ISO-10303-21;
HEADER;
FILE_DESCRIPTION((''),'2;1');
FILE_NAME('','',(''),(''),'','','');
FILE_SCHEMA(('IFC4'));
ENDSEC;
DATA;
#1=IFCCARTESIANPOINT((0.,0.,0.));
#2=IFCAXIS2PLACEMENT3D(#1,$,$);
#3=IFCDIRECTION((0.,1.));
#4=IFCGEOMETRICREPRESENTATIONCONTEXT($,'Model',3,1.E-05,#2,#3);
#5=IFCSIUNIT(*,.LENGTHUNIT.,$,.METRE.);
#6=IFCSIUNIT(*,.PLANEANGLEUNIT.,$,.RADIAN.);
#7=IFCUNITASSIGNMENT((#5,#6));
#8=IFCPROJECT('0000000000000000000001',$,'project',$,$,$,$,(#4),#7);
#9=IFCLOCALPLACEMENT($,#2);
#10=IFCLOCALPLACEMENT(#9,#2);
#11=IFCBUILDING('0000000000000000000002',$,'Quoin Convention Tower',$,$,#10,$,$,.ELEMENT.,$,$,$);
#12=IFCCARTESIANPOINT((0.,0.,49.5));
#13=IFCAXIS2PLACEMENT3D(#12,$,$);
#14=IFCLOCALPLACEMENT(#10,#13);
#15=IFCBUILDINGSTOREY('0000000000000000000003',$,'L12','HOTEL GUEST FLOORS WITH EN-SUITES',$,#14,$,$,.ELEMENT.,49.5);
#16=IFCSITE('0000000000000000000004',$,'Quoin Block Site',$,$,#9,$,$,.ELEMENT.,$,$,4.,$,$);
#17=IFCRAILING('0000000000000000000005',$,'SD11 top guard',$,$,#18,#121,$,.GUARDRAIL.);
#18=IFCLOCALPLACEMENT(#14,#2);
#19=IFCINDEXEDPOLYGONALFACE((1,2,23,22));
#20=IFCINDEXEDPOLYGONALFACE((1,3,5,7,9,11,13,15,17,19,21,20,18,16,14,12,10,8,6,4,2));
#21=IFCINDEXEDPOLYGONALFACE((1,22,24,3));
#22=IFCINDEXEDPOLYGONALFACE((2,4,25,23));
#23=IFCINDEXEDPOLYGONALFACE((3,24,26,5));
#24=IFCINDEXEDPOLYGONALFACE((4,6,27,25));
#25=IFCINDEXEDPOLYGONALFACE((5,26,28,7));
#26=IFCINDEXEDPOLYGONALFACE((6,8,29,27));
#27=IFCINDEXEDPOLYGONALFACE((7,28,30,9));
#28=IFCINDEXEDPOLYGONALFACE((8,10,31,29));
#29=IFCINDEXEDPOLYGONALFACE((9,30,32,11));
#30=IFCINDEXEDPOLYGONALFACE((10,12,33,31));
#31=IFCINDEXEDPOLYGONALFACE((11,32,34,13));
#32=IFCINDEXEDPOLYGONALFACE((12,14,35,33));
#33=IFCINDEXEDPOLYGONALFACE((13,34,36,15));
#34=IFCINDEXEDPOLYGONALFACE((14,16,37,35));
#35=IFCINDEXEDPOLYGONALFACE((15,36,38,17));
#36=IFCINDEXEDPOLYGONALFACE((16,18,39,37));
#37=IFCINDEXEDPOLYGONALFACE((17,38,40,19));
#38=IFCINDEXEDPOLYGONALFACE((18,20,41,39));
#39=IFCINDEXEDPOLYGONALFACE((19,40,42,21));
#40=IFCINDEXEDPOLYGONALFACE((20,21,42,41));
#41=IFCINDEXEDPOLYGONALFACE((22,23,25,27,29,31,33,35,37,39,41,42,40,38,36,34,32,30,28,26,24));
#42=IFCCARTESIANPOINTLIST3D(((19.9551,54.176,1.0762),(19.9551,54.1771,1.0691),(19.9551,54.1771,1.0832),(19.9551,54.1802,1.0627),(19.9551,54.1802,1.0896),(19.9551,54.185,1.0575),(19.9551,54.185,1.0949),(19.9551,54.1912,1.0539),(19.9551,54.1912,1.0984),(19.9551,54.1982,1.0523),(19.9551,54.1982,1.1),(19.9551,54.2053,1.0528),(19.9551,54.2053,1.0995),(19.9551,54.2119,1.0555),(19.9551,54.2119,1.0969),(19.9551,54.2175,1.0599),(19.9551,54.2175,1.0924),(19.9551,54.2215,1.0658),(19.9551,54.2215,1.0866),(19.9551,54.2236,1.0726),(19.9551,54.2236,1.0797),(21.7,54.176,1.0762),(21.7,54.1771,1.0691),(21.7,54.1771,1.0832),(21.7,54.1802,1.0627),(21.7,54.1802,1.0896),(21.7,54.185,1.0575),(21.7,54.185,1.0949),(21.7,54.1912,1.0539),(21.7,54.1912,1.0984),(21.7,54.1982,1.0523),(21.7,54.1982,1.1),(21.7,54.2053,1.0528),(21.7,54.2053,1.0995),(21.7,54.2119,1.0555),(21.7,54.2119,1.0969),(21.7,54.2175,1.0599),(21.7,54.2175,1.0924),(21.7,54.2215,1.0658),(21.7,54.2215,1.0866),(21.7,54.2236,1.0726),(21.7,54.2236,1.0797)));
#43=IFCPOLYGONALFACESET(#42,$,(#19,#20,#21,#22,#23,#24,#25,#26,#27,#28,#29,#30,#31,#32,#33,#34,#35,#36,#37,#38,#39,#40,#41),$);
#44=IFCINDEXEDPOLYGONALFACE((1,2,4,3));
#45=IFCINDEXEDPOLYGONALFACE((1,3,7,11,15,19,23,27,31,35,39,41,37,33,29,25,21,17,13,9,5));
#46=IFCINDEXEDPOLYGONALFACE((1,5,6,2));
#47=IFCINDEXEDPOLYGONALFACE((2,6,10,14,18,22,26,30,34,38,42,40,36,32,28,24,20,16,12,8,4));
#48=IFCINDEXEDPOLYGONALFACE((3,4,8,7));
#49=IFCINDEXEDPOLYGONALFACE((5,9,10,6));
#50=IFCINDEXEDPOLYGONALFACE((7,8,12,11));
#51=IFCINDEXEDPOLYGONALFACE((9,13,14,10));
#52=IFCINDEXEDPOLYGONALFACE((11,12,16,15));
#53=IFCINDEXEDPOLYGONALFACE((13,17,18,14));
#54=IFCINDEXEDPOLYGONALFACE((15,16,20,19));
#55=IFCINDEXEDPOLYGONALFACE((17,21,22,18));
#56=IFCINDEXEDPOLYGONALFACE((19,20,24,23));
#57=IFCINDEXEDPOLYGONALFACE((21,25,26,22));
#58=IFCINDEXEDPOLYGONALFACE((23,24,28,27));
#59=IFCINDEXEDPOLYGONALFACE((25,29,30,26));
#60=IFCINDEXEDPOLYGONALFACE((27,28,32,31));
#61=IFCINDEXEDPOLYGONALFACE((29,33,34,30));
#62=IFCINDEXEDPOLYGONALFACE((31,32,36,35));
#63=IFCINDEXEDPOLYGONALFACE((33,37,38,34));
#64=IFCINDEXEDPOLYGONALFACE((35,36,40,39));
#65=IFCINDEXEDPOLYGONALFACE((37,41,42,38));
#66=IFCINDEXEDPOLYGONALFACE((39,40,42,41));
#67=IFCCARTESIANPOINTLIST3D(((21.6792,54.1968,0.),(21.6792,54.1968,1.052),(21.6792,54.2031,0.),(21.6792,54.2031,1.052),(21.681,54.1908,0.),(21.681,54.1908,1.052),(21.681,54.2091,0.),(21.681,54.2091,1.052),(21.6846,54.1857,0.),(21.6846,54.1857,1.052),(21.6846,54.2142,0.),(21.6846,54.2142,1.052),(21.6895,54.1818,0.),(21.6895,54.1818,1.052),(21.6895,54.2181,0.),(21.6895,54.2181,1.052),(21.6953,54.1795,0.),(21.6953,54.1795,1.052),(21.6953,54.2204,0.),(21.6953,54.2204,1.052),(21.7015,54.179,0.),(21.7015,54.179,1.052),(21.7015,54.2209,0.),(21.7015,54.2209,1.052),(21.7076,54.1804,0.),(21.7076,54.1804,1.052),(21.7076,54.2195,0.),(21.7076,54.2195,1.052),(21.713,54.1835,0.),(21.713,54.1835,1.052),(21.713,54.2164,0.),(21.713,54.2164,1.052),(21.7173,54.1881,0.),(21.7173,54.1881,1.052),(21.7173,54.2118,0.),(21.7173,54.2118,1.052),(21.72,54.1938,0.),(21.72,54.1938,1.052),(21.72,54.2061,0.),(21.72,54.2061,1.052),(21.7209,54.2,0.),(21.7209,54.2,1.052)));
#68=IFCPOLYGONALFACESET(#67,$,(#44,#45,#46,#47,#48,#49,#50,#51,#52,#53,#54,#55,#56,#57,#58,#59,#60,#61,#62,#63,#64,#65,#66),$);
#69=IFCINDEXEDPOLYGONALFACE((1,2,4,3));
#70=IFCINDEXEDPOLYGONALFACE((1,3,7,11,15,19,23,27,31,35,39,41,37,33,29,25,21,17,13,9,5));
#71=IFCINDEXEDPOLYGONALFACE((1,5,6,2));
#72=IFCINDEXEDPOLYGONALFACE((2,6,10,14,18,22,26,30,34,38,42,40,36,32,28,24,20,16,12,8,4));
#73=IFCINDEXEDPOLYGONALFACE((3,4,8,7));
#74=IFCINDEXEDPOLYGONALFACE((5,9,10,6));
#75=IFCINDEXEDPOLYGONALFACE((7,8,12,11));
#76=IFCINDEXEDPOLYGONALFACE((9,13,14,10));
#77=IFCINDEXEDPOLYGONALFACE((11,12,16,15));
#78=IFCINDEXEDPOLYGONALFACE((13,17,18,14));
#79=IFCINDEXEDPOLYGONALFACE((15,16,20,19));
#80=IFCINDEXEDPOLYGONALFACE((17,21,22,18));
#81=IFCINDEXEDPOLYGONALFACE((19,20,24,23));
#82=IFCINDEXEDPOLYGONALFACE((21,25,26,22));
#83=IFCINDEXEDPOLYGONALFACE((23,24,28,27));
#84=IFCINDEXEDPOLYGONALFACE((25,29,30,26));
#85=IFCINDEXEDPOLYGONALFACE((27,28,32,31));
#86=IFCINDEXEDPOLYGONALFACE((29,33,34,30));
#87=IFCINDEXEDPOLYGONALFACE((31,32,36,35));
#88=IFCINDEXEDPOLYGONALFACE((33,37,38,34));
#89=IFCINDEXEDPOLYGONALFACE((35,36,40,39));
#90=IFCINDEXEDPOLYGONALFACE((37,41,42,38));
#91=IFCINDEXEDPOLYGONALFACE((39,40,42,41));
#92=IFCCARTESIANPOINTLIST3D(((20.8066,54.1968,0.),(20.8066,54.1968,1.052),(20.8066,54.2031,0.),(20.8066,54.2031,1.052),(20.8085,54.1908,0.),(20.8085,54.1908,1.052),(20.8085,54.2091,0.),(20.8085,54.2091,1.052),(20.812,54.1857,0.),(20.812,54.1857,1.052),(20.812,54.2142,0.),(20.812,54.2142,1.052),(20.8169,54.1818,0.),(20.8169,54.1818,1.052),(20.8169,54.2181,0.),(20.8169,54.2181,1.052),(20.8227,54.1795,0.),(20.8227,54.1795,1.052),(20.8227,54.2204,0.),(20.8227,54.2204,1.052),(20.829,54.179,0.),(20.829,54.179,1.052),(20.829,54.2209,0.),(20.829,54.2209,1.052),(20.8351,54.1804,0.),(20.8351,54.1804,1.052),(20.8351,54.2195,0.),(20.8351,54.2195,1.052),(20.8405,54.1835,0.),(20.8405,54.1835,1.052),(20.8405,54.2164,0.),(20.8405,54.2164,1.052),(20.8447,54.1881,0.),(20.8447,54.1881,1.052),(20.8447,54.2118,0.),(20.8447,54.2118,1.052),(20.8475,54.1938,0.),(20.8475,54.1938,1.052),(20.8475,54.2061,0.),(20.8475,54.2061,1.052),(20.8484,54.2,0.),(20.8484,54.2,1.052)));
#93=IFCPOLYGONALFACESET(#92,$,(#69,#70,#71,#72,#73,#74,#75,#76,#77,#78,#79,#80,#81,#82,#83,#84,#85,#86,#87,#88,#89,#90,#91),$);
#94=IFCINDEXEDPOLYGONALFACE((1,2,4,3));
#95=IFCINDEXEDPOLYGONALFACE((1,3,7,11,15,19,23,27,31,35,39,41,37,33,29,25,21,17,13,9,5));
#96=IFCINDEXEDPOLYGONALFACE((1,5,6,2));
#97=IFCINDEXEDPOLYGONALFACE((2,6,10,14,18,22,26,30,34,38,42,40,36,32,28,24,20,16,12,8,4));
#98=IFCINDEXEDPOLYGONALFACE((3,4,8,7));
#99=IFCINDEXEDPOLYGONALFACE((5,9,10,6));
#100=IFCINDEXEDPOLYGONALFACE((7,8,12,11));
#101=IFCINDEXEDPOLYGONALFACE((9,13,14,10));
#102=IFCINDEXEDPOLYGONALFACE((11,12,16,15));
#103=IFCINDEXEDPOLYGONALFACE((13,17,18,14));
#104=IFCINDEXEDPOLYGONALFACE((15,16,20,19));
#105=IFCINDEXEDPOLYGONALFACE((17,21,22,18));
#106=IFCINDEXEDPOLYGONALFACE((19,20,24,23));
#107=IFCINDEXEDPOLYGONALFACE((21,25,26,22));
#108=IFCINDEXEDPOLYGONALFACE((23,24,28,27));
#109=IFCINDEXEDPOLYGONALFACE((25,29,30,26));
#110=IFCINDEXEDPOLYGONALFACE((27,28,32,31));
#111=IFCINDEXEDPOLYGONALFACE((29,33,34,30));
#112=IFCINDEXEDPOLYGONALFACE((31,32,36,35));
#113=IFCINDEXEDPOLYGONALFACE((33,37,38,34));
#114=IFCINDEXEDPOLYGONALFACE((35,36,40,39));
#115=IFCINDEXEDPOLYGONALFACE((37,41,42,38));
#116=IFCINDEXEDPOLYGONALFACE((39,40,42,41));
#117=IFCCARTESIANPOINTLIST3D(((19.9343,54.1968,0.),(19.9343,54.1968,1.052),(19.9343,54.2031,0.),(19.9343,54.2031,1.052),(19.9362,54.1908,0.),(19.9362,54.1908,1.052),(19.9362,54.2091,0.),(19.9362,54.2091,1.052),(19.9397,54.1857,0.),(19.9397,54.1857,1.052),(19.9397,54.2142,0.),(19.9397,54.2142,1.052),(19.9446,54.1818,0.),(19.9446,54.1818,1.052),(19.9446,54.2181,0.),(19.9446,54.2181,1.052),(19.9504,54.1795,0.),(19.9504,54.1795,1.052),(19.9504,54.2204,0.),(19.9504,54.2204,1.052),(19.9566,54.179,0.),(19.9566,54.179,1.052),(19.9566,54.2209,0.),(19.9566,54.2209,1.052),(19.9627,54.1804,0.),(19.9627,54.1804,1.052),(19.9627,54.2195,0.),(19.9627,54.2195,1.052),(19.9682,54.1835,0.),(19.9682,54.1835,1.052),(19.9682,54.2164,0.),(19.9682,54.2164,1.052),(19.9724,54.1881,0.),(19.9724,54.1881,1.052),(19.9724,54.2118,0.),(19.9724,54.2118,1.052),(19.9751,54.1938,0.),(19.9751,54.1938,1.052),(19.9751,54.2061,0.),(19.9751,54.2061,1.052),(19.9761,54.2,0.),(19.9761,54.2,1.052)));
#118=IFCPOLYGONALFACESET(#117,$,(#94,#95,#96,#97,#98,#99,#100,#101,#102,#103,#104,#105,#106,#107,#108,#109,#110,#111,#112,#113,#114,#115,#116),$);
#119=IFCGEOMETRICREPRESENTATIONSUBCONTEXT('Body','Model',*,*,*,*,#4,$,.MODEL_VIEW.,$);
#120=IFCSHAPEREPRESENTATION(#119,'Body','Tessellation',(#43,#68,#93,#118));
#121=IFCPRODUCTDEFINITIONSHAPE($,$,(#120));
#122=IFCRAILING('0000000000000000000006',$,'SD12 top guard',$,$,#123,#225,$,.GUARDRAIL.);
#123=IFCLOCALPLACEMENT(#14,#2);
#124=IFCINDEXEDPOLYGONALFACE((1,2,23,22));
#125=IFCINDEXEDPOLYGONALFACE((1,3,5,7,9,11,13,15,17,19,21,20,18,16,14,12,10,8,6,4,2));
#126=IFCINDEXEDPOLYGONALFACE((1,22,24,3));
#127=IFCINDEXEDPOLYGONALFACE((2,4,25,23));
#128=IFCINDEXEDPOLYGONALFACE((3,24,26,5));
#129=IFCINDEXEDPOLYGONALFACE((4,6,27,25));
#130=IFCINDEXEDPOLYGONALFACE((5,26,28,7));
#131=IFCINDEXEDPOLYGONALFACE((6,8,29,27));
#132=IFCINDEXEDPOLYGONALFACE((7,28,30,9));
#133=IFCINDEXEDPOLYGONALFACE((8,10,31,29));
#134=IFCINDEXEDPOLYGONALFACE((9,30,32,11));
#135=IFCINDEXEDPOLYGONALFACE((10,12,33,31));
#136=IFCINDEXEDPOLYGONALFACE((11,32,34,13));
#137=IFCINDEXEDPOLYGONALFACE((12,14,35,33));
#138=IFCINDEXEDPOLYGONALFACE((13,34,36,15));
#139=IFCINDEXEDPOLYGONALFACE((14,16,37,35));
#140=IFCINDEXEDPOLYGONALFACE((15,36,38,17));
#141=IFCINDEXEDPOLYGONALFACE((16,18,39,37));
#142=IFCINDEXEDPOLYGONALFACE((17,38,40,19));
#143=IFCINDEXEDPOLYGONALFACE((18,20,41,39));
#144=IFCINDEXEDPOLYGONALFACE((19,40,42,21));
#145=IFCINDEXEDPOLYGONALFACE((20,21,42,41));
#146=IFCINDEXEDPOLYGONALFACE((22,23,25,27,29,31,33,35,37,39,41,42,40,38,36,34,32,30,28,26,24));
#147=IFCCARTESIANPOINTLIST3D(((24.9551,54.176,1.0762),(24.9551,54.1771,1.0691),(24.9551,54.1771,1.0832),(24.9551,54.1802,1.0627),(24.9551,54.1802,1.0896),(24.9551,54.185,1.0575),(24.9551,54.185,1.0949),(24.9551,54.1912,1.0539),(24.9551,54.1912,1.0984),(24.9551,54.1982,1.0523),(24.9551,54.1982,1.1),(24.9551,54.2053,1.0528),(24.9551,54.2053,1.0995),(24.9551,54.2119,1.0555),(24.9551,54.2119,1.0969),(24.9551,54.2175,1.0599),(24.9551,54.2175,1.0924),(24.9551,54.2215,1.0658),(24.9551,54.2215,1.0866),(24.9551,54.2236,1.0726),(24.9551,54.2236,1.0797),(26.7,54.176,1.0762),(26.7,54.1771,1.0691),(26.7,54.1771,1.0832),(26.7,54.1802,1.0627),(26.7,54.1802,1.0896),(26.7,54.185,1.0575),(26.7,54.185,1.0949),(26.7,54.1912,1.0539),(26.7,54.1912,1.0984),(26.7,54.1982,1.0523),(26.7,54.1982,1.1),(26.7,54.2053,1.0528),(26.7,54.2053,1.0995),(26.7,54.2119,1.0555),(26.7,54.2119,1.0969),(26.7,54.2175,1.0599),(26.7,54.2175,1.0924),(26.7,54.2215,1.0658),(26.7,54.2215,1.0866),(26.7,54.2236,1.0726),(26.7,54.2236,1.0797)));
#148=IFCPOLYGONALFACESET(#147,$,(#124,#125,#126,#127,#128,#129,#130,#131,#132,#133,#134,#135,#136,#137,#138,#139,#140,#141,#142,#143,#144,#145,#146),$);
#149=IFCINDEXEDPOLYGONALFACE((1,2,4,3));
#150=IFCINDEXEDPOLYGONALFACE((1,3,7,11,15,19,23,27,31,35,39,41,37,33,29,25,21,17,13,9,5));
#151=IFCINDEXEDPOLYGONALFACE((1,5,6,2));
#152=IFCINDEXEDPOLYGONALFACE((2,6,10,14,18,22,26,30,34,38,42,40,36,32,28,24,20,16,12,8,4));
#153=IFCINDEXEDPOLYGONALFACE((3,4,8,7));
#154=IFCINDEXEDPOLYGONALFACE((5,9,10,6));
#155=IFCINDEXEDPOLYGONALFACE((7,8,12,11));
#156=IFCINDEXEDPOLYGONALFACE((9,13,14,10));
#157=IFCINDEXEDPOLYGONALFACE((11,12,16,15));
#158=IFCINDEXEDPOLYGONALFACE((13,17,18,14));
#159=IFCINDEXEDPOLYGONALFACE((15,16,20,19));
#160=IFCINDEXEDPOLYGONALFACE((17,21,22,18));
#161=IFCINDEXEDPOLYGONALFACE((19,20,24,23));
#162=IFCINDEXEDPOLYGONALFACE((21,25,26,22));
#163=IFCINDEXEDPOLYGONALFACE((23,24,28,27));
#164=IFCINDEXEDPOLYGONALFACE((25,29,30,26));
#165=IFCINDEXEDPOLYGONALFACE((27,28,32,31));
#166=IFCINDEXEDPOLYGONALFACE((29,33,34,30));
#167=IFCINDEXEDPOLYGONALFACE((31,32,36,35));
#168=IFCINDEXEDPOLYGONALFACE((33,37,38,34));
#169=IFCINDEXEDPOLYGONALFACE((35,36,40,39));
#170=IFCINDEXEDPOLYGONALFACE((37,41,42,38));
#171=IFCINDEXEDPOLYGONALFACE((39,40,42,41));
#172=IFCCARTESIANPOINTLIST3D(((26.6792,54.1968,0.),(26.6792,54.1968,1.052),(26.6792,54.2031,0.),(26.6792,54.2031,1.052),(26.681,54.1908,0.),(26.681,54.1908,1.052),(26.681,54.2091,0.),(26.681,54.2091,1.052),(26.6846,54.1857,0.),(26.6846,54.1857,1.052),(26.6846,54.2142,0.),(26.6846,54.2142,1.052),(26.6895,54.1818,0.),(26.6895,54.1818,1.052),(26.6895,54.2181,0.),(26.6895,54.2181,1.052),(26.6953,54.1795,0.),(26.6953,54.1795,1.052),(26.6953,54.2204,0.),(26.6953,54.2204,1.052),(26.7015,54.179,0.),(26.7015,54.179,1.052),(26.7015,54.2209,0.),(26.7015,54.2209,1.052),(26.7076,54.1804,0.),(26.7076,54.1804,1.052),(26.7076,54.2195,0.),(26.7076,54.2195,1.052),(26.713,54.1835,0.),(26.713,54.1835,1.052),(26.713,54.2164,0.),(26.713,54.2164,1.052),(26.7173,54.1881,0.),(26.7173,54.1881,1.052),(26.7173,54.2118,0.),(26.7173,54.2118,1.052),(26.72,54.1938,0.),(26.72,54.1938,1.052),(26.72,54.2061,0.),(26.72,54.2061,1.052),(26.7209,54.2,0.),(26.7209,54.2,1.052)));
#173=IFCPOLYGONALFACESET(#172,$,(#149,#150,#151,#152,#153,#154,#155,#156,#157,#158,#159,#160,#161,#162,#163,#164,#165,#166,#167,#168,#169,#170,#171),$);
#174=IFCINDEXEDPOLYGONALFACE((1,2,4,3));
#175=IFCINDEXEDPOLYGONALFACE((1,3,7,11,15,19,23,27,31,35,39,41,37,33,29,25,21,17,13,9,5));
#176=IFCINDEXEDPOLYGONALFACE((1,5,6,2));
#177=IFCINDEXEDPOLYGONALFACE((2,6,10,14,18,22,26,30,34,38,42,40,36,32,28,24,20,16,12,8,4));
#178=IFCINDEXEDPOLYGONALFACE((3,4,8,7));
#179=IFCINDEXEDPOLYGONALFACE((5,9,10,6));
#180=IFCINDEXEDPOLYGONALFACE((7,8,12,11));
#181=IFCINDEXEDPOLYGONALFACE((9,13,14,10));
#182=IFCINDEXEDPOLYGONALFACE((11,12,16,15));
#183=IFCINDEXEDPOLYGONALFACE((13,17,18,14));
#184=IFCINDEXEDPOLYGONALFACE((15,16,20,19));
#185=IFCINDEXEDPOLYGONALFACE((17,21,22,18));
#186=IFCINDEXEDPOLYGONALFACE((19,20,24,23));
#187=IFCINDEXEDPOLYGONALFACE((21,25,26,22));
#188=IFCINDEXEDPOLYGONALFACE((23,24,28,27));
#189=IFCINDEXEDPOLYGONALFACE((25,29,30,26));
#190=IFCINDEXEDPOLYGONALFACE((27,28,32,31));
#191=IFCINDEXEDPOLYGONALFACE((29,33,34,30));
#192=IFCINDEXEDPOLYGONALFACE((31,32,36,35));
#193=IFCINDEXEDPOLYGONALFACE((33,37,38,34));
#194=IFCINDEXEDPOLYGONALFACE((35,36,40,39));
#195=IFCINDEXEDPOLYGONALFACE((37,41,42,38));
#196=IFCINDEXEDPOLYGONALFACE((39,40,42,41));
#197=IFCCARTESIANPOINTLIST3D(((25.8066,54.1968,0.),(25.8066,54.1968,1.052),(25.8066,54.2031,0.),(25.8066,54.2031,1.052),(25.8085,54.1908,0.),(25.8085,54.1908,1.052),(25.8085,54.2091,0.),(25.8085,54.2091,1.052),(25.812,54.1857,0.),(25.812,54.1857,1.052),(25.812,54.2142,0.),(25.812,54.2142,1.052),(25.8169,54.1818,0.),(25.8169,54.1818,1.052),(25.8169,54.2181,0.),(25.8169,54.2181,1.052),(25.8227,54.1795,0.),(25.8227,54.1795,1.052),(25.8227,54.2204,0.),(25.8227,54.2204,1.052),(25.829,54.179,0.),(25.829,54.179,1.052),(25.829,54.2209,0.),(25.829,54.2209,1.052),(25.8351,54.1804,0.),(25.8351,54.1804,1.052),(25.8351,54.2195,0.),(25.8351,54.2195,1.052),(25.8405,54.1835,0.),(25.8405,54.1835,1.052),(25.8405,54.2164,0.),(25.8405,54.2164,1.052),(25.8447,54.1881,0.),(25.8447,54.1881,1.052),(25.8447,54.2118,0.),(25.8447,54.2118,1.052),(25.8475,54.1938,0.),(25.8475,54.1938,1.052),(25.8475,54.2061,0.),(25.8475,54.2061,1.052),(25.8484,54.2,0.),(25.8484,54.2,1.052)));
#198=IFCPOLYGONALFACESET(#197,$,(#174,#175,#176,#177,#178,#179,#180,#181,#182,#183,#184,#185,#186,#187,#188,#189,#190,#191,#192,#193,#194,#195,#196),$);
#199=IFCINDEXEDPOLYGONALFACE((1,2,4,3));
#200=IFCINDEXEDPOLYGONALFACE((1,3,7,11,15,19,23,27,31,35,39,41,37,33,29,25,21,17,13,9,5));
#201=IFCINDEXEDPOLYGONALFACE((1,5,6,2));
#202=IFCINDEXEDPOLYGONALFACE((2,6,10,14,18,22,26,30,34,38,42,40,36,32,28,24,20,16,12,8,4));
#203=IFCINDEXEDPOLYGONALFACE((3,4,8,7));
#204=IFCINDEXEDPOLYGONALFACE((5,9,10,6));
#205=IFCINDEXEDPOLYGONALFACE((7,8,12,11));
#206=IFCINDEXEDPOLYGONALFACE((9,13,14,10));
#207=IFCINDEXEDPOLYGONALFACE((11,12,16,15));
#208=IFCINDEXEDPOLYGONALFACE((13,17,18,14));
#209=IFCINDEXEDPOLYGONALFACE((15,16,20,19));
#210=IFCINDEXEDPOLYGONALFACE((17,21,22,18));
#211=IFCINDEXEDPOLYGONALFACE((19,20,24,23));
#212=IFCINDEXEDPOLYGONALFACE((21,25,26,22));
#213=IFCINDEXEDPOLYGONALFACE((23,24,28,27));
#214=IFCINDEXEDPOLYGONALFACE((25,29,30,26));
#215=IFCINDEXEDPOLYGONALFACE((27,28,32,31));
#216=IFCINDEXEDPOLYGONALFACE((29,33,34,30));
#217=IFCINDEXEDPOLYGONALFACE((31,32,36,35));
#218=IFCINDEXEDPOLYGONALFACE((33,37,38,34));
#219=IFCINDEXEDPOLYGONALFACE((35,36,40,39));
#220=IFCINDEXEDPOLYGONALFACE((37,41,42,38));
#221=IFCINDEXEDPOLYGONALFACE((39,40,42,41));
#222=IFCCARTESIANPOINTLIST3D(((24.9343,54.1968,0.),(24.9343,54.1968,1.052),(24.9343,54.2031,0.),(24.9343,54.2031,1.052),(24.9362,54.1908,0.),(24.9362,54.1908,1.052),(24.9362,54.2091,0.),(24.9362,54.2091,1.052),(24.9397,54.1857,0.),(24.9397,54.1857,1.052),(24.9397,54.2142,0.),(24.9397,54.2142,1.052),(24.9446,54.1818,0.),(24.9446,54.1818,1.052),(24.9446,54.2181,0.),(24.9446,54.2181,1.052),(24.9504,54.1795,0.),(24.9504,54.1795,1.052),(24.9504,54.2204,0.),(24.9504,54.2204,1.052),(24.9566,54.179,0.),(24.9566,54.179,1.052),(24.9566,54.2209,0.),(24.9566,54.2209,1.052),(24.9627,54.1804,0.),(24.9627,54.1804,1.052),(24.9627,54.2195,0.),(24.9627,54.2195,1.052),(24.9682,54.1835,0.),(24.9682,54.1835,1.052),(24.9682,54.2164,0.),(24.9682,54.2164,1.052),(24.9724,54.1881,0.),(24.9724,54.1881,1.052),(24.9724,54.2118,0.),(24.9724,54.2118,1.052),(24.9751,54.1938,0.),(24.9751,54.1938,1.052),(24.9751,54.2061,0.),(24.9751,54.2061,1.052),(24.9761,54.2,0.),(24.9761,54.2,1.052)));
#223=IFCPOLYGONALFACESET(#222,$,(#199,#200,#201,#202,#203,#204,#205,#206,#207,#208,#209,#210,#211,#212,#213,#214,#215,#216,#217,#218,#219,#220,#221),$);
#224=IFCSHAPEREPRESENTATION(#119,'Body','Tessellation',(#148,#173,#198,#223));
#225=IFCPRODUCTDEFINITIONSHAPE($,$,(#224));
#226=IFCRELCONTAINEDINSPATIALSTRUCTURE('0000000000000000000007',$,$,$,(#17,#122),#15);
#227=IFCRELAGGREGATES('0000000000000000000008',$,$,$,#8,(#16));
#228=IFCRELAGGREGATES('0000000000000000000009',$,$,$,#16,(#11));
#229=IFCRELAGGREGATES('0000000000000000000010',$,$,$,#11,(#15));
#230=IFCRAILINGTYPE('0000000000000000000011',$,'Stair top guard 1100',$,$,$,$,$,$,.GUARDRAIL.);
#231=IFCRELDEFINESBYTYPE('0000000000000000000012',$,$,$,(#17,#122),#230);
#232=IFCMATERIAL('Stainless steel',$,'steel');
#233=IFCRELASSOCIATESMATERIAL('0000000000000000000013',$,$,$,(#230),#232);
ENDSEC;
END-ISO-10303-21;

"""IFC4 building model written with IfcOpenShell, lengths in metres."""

from ifc_helpers import new_model, si_unit, direction, frame, origin, origin_2d, place, context, subcontext, project, spatial, circle, extrude, material, type_object, element, save


model = new_model("IFC4")

# Units and contexts
model_context = context("Model", 3, precision=1e-05, world=origin(), true_north=direction((0.0, 1.0)))
body_context = subcontext(model_context, "Body", "Model", "MODEL_VIEW")
ifc_project = project(units=[si_unit("LENGTHUNIT", "METRE"), si_unit("PLANEANGLEUNIT", "RADIAN")], contexts=[model_context])

# Site, building, storey
site_placement = place(None, origin())
site = spatial("IfcSite", under=ifc_project, at=site_placement, Name="Quoin Block Site", CompositionType="ELEMENT", RefElevation=4.0)
building_placement = place(site_placement, origin())
building = spatial("IfcBuilding", under=site, at=building_placement, Name="Quoin Convention Tower", CompositionType="ELEMENT")
storey_placement = place(building_placement, frame((0.0, 0.0, 49.5)))
storey = spatial("IfcBuildingStorey", under=building, at=storey_placement, Name="L12", Description="HOTEL GUEST FLOORS WITH EN-SUITES", CompositionType="ELEMENT", Elevation=49.5)

# Railings
ifc_material_1 = material(Name="Stainless steel", Category="steel")
railing_type_1 = type_object("IfcRailingType", Name="Stair top guard 1100", PredefinedType="GUARDRAIL", material=ifc_material_1)
for number, where, name in (
    (1, (21.7, 54.2, 0.0), "SD11 top guard"),
    (2, (26.7, 54.2, 0.0), "SD12 top guard"),
):
    element("IfcRailing", number, at=place(storey_placement, frame(where)), inside=storey, type_object=railing_type_1, Name=name, PredefinedType="GUARDRAIL", context=body_context, shape_type="SweptSolid", body=[
        extrude(circle(Radius=0.0239, at=origin_2d()), frame((0.0, 0.0, 1.0762), z_axis=(-1.0, 0.0, 0.0), x_axis=(0.0, -1.0, 0.0)), (0.0, 0.0, 1.0), 1.7449),
        extrude(circle(Radius=0.021, at=origin_2d()), origin(), (0.0, 0.0, 1.0), 1.052),
        extrude(circle(Radius=0.021, at=origin_2d()), frame((-0.8726, 0.0, 0.0)), (0.0, 0.0, 1.0), 1.052),
        extrude(circle(Radius=0.021, at=origin_2d()), frame((-1.7449, 0.0, 0.0)), (0.0, 0.0, 1.0), 1.052),
    ])

save(model, "model.ifc")
